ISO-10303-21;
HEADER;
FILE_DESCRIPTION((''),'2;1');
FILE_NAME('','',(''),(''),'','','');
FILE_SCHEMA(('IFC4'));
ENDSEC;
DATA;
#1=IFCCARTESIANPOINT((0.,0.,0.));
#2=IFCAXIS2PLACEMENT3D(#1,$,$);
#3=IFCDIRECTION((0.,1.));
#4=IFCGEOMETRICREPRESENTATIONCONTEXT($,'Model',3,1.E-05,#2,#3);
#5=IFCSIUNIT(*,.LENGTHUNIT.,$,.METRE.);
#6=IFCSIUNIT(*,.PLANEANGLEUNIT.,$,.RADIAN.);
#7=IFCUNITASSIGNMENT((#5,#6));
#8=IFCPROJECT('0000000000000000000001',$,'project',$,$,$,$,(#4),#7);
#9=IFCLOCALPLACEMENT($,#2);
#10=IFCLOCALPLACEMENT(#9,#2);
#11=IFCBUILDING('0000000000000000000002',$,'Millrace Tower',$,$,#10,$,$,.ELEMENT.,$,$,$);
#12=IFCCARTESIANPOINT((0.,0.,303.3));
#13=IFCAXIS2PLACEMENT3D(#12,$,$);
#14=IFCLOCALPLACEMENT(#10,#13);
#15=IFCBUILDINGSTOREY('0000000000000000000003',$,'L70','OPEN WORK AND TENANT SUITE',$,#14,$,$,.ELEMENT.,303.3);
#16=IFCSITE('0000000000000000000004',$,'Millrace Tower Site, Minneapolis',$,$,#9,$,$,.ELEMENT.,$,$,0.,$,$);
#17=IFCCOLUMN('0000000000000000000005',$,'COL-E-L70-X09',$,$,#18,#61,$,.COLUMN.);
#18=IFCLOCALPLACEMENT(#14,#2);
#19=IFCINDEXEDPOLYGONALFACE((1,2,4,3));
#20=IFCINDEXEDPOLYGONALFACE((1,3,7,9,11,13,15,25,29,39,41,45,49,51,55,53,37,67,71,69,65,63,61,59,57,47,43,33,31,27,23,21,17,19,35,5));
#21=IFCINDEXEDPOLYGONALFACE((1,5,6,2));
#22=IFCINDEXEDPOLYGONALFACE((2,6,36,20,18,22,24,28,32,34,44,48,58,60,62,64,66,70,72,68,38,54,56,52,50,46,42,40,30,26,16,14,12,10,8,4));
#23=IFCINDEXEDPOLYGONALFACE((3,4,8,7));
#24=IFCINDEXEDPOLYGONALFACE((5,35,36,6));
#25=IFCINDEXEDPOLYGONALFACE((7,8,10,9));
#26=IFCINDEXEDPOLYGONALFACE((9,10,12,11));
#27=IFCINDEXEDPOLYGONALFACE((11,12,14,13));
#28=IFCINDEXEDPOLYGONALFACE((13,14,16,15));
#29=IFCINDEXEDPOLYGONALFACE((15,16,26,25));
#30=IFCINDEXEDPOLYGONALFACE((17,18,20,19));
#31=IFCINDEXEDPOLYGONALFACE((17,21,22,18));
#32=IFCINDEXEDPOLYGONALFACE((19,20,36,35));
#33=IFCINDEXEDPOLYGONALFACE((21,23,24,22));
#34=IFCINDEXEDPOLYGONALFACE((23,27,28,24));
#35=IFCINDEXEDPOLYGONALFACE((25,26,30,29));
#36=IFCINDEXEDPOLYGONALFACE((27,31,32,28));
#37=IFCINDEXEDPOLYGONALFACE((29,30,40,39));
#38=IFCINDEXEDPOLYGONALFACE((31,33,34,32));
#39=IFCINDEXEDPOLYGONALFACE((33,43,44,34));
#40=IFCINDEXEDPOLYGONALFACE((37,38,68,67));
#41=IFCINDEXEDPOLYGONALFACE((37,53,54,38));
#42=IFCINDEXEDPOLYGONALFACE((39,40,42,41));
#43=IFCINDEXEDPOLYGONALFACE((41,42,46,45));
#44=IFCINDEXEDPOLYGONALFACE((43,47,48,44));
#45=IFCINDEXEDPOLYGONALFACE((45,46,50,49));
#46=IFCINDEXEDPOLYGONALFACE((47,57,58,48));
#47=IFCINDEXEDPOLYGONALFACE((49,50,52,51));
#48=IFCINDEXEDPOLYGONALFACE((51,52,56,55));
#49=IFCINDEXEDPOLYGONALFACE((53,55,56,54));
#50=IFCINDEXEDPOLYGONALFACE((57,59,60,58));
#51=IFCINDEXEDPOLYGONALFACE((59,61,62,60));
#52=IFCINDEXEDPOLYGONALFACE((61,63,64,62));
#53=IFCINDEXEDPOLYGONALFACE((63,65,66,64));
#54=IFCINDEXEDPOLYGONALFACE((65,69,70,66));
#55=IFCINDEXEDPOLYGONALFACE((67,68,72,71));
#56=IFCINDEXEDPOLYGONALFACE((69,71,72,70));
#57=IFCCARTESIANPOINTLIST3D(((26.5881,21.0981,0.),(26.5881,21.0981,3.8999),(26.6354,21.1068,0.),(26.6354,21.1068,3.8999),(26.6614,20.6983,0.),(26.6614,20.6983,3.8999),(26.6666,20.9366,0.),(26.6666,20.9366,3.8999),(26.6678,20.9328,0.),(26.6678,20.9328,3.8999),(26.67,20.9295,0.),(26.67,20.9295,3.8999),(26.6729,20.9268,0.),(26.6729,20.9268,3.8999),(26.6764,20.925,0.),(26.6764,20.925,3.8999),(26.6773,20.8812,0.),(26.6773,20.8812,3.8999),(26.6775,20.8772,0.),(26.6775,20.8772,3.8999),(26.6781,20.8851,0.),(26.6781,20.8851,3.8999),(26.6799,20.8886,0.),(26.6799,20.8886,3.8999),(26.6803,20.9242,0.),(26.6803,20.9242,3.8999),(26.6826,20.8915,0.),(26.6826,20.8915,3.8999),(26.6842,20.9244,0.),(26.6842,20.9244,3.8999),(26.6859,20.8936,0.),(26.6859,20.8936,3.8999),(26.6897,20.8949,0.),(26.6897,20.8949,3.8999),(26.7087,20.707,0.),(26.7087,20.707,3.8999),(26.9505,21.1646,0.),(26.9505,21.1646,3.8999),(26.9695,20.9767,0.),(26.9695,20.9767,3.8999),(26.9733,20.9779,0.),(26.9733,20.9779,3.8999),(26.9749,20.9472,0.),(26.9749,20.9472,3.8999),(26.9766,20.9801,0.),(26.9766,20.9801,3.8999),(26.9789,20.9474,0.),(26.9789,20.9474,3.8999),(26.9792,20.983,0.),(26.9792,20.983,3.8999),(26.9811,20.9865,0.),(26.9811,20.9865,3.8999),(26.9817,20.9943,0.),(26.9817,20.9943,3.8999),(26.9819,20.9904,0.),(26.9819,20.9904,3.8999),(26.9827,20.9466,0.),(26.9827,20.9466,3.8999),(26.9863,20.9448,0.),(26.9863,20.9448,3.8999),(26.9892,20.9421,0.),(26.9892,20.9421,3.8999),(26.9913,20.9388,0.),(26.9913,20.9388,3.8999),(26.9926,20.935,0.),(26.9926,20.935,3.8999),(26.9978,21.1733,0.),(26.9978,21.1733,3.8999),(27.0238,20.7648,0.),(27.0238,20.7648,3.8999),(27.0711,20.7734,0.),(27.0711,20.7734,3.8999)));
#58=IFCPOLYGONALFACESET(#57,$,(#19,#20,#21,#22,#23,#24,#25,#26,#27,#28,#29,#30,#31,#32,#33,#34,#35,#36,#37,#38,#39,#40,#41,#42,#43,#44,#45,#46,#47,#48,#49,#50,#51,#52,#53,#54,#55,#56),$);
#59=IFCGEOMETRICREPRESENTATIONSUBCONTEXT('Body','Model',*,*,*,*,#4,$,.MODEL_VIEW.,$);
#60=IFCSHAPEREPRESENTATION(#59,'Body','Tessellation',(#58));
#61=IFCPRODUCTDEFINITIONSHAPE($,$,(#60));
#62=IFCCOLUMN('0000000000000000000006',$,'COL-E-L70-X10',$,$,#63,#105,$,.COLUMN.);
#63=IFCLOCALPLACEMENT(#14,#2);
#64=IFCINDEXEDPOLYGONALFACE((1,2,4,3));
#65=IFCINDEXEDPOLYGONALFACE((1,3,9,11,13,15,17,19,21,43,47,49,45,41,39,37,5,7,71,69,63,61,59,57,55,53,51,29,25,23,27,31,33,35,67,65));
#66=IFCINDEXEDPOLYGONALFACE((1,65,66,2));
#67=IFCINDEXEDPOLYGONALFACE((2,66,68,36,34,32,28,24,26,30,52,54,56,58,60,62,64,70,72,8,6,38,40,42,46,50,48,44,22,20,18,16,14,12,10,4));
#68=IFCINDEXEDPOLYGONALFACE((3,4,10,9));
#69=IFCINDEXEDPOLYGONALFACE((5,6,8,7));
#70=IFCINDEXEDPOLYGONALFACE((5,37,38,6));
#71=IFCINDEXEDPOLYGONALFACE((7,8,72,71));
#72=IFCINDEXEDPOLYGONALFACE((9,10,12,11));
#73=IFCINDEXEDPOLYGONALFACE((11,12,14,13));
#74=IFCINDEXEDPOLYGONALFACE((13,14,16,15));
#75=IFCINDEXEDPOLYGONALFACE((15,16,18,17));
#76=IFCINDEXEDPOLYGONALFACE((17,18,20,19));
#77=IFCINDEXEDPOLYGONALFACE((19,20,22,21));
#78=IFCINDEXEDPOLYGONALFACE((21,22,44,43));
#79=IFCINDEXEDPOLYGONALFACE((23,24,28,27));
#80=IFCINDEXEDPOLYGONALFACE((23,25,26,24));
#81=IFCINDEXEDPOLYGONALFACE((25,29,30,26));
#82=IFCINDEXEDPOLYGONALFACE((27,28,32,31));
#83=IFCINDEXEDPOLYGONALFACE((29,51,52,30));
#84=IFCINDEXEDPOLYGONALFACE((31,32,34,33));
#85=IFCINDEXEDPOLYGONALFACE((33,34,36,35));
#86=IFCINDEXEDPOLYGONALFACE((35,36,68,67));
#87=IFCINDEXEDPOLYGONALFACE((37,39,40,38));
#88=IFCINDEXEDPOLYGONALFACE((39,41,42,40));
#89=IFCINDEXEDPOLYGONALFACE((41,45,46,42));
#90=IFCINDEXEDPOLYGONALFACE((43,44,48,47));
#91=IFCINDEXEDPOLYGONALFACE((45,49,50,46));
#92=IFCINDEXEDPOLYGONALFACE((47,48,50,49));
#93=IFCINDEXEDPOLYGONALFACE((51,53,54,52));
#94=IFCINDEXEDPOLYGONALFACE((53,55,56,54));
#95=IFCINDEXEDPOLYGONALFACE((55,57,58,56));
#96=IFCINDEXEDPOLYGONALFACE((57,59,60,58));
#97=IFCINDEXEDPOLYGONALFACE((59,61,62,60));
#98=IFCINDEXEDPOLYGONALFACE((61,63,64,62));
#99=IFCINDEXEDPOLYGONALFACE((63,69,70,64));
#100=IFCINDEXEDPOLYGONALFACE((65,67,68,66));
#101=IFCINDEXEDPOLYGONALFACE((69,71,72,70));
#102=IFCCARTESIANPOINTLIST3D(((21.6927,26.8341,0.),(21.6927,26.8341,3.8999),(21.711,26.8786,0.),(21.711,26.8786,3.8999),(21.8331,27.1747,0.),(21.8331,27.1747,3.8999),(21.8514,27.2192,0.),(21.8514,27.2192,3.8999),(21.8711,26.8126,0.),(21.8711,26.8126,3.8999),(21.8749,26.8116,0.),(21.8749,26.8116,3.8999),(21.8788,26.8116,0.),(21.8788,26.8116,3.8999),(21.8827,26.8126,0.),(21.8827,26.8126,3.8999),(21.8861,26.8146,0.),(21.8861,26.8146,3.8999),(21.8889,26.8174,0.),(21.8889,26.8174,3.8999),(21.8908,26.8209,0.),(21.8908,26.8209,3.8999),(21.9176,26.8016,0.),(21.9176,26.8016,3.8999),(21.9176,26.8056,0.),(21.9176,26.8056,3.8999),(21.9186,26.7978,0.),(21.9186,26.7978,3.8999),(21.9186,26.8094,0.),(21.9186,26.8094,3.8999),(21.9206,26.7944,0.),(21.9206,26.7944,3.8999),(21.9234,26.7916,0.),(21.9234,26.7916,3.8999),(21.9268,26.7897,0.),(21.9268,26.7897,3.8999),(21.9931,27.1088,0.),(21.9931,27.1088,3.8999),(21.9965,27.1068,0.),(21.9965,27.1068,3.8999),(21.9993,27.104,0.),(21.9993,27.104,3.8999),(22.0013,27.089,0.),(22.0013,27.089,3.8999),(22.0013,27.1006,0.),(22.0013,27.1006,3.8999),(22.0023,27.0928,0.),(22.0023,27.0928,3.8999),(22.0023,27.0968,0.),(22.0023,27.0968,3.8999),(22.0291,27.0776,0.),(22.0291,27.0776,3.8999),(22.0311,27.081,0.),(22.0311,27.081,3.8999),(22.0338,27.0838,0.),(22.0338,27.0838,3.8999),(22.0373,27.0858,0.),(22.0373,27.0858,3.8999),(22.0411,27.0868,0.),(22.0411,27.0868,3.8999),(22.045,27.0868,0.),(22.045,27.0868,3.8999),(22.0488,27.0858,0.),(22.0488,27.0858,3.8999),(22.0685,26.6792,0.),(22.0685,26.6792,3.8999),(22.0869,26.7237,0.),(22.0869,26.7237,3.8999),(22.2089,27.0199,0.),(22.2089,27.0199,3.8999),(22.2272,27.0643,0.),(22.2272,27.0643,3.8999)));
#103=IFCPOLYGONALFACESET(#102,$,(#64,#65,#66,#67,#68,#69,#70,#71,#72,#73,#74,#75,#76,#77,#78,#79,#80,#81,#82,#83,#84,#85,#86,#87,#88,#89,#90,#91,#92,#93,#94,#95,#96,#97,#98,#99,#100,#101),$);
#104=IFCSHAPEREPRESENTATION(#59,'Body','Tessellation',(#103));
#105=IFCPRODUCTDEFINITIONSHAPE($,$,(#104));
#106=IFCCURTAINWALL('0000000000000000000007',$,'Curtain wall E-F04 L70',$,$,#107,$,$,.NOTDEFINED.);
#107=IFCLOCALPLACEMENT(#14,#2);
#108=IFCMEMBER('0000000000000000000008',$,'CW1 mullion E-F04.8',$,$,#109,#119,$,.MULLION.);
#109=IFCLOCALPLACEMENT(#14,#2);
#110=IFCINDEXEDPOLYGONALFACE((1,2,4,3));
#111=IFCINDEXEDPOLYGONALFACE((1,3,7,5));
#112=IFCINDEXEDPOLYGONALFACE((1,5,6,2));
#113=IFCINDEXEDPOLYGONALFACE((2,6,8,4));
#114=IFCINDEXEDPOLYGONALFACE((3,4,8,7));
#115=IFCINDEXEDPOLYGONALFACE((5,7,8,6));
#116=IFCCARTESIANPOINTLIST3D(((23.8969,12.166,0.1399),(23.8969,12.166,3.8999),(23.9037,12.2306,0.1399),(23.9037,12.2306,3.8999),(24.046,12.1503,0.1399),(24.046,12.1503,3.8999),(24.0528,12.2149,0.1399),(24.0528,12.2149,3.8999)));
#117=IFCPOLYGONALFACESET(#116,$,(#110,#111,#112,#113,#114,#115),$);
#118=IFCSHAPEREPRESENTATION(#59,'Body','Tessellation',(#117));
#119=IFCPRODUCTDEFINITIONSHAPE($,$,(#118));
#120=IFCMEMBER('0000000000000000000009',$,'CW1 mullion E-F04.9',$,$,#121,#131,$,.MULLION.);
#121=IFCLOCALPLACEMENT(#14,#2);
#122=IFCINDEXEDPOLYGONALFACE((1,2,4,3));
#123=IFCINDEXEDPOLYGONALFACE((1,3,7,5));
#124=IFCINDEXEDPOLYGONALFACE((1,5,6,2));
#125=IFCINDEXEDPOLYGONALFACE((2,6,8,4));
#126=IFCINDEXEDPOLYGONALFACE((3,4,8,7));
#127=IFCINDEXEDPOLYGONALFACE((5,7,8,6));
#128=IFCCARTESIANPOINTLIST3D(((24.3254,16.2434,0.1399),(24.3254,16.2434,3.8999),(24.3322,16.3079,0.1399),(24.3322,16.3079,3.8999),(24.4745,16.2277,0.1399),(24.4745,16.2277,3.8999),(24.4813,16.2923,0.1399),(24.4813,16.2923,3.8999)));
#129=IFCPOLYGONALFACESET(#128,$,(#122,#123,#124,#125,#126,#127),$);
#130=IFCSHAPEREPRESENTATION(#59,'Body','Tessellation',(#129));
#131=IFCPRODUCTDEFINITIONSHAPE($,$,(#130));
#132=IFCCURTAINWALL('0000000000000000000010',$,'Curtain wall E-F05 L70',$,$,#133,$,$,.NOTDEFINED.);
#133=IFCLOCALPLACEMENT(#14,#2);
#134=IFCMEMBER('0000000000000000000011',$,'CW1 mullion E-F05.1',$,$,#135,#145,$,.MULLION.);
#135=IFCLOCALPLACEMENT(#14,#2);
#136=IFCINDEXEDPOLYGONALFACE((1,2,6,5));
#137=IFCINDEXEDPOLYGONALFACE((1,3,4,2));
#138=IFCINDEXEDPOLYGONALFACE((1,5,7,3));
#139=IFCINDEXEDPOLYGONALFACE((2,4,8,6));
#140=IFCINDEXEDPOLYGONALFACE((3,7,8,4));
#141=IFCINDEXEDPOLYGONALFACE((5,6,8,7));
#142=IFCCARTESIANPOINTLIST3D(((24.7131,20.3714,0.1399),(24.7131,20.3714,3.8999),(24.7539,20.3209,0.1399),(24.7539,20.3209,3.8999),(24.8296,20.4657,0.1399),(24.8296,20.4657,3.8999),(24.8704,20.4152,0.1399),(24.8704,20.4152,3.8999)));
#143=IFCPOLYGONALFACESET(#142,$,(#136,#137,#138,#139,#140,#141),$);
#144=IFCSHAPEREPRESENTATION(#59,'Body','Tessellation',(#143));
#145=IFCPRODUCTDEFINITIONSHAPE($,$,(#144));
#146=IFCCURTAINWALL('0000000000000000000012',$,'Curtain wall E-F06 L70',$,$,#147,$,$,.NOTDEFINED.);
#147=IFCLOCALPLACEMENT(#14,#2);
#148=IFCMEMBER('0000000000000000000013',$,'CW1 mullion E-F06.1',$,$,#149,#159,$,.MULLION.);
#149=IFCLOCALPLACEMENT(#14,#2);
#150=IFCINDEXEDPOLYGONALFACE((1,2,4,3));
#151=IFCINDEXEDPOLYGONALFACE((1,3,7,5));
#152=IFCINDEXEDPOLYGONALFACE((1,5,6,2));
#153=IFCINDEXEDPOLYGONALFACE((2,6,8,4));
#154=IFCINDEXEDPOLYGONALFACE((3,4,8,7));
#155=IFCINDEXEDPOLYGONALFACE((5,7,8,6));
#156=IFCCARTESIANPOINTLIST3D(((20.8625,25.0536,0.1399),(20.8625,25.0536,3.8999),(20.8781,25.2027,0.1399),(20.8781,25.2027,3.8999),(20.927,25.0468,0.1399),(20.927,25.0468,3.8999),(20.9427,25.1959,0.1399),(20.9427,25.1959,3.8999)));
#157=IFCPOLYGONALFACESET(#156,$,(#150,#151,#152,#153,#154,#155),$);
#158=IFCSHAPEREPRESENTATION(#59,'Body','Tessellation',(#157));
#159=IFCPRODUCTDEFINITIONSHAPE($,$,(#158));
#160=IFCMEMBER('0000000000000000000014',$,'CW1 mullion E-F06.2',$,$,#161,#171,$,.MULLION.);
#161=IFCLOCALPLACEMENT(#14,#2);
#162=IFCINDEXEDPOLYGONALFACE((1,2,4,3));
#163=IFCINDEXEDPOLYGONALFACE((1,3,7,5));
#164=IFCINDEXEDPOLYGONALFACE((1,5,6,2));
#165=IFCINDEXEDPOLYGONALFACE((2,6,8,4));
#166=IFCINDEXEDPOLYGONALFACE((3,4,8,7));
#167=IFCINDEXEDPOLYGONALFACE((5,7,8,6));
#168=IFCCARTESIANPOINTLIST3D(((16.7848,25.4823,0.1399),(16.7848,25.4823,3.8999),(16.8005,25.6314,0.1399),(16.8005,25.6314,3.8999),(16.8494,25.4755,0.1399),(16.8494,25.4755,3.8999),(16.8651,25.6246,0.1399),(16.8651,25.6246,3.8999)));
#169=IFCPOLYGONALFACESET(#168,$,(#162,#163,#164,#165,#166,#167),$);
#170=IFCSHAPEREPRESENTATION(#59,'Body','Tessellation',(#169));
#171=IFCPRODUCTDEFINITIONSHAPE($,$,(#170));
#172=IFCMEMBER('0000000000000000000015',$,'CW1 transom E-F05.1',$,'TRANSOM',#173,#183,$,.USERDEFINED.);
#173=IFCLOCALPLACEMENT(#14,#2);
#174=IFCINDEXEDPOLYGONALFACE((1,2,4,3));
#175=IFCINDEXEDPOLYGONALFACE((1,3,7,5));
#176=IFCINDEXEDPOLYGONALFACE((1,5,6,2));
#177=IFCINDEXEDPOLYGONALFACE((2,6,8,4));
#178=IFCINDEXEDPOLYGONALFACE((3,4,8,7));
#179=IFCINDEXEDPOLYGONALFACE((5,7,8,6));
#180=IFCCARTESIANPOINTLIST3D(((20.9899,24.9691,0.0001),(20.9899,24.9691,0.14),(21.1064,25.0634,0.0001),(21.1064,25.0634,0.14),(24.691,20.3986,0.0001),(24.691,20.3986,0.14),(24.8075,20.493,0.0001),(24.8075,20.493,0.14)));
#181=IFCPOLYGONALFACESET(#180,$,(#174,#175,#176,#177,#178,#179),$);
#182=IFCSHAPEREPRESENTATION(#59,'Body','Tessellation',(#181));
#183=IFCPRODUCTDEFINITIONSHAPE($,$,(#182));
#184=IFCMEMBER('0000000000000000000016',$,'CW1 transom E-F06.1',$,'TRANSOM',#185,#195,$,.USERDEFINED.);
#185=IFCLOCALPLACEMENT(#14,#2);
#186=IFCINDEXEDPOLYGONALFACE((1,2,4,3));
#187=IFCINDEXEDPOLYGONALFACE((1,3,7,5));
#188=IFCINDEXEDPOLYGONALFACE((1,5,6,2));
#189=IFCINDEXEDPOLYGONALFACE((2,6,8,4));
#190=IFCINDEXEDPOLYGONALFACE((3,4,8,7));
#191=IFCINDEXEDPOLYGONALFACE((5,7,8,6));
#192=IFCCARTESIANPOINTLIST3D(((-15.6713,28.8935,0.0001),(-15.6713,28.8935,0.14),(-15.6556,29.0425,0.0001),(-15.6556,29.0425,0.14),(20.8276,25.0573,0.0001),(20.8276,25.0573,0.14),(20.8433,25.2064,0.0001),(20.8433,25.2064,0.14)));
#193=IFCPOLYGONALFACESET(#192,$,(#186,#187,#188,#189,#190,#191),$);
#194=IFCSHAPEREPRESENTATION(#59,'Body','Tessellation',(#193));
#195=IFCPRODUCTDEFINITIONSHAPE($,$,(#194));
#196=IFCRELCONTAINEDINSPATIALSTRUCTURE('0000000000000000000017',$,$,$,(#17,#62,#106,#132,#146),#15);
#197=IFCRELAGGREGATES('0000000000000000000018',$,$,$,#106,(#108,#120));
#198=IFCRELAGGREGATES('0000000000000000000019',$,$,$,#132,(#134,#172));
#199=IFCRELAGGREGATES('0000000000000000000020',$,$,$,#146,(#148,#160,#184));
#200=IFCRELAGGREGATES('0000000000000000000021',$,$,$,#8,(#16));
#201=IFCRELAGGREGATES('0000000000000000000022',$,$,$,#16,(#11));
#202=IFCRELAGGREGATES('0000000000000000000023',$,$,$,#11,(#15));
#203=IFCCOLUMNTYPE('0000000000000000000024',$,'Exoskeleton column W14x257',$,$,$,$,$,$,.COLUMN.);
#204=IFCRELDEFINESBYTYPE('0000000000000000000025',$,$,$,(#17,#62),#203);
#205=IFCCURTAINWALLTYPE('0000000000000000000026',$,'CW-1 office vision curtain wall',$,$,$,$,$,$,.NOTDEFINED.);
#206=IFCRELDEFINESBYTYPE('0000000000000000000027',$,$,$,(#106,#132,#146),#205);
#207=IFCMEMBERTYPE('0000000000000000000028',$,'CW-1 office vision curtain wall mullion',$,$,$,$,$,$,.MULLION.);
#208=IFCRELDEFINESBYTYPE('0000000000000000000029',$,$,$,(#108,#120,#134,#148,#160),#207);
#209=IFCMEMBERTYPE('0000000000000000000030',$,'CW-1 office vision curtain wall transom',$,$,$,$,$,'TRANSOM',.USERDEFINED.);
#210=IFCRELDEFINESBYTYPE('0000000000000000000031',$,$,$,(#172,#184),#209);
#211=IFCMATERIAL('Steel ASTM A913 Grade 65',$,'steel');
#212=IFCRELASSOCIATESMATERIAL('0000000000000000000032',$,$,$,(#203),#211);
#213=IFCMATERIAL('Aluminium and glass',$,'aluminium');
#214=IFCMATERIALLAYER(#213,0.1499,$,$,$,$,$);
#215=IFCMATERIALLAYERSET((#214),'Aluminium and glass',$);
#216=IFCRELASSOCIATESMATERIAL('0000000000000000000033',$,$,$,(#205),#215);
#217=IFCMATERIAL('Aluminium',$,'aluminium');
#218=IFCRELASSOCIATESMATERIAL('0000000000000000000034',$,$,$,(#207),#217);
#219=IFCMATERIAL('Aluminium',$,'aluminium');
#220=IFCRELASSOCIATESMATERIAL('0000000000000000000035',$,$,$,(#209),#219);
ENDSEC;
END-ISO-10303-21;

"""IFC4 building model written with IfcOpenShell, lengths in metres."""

from ifc_helpers import new_model, si_unit, direction, frame, origin, origin_2d, place, context, subcontext, project, spatial, rectangle, i_section, extrude, material, layer, layer_set, material_profile, profile_set, type_object, element, aggregate, save


model = new_model("IFC4")

# Units and contexts
model_context = context("Model", 3, precision=1e-05, world=origin(), true_north=direction((0.0, 1.0)))
body_context = subcontext(model_context, "Body", "Model", "MODEL_VIEW")
ifc_project = project(units=[si_unit("LENGTHUNIT", "METRE"), si_unit("PLANEANGLEUNIT", "RADIAN")], contexts=[model_context])

# Site, building, storey
site_placement = place(None, origin())
site = spatial("IfcSite", under=ifc_project, at=site_placement, Name="Millrace Tower Site, Minneapolis", CompositionType="ELEMENT", RefElevation=0.0)
building_placement = place(site_placement, origin())
building = spatial("IfcBuilding", under=site, at=building_placement, Name="Millrace Tower", CompositionType="ELEMENT")
storey_placement = place(building_placement, frame((0.0, 0.0, 303.3)))
storey = spatial("IfcBuildingStorey", under=building, at=storey_placement, Name="L70", Description="OPEN WORK AND TENANT SUITE", CompositionType="ELEMENT", Elevation=303.3)

# Columns
ifc_material_1 = material(Name="Steel ASTM A913 Grade 65", Category="steel")
ifc_material_profile_1 = material_profile(ifc_material_1, i_section(OverallWidth=0.4065, OverallDepth=0.4165, WebThickness=0.03, FlangeThickness=0.0481, FilletRadius=0.0151, at=origin_2d()))
ifc_profile_set_1 = profile_set([ifc_material_profile_1], Name="Steel ASTM A913 Grade 65")
column_type = type_object("IfcColumnType", Name="Exoskeleton column W14x257", PredefinedType="COLUMN", material=ifc_profile_set_1)
for number, where, z_axis, x_axis, name in (
    (1, (26.8296, 20.9358, 0.0), (0.0, 0.0, 1.0), (-0.180387, 0.983596, 0.0), "COL-E-L70-X09"),
    (2, (21.96, 26.9492, 0.0), (0.0, 0.0, 1.0), (-0.924597, 0.380947, 0.0), "COL-E-L70-X10"),
):
    element("IfcColumn", number, at=place(storey_placement, frame(where, z_axis=z_axis, x_axis=x_axis)), inside=storey, type_object=column_type, Name=name, PredefinedType="COLUMN", context=body_context, shape_type="SweptSolid", body=[
        extrude(i_section(OverallWidth=0.4065, OverallDepth=0.4165, WebThickness=0.03, FlangeThickness=0.0481, FilletRadius=0.0151, at=origin_2d()), origin(), (0.0, 0.0, 1.0), 3.8999),
    ])

# Curtain wall, members
ifc_material_2 = material(Name="Aluminium and glass", Category="aluminium")
ifc_layer_1 = layer(ifc_material_2, 0.1499)
ifc_layer_set_1 = layer_set([ifc_layer_1], Name="Aluminium and glass")
curtain_wall_type = type_object("IfcCurtainWallType", Name="CW-1 office vision curtain wall", PredefinedType="NOTDEFINED", material=ifc_layer_set_1)
placement = place(storey_placement, origin())
curtain_wall_1 = element("IfcCurtainWall", 3, at=placement, inside=storey, type_object=curtain_wall_type, Name="Curtain wall E-F04 L70", PredefinedType="NOTDEFINED")
ifc_material_3 = material(Name="Aluminium", Category="aluminium")
ifc_material_profile_2 = material_profile(ifc_material_3, rectangle(XDim=0.0649, YDim=0.1499, at=origin_2d()))
ifc_profile_set_2 = profile_set([ifc_material_profile_2], Name="Aluminium")
member_type_1 = type_object("IfcMemberType", Name="CW-1 office vision curtain wall mullion", PredefinedType="MULLION", material=ifc_profile_set_2)
member_1_placement = place(storey_placement, frame((23.9749, 12.1904, 0.1399), z_axis=(0.0, 0.0, 1.0), x_axis=(0.104528, 0.994522, 0.0)))
member_1 = element("IfcMember", 4, at=member_1_placement, type_object=member_type_1, Name="CW1 mullion E-F04.8", PredefinedType="MULLION", context=body_context, shape_type="SweptSolid", body=[
    extrude(rectangle(XDim=0.0649, YDim=0.1499, at=origin_2d()), origin(), (0.0, 0.0, 1.0), 3.76),
])
member_2_placement = place(storey_placement, frame((24.4033, 16.2678, 0.1399), z_axis=(0.0, 0.0, 1.0), x_axis=(0.104528, 0.994522, 0.0)))
member_2 = element("IfcMember", 5, at=member_2_placement, type_object=member_type_1, Name="CW1 mullion E-F04.9", PredefinedType="MULLION", context=body_context, shape_type="SweptSolid", body=[
    extrude(rectangle(XDim=0.0649, YDim=0.1499, at=origin_2d()), origin(), (0.0, 0.0, 1.0), 3.76),
])
aggregate(curtain_wall_1, [member_1, member_2])

# Curtain wall, member
curtain_wall_2 = element("IfcCurtainWall", 6, at=placement, inside=storey, type_object=curtain_wall_type, Name="Curtain wall E-F05 L70", PredefinedType="NOTDEFINED")
member_3_placement = place(storey_placement, frame((24.7917, 20.3933, 0.1399), z_axis=(0.0, 0.0, 1.0), x_axis=(-0.62932, 0.777146, 0.0)))
member_3 = element("IfcMember", 7, at=member_3_placement, type_object=member_type_1, Name="CW1 mullion E-F05.1", PredefinedType="MULLION", context=body_context, shape_type="SweptSolid", body=[
    extrude(rectangle(XDim=0.0649, YDim=0.1499, at=origin_2d()), origin(), (0.0, 0.0, 1.0), 3.76),
])

# Curtain wall, members
curtain_wall_3 = element("IfcCurtainWall", 8, at=placement, inside=storey, type_object=curtain_wall_type, Name="Curtain wall E-F06 L70", PredefinedType="NOTDEFINED")
member_4_placement = place(storey_placement, frame((20.9026, 25.1248, 0.1399), z_axis=(0.0, 0.0, 1.0), x_axis=(-0.994522, 0.104528, 0.0)))
member_4 = element("IfcMember", 9, at=member_4_placement, type_object=member_type_1, Name="CW1 mullion E-F06.1", PredefinedType="MULLION", context=body_context, shape_type="SweptSolid", body=[
    extrude(rectangle(XDim=0.0649, YDim=0.1499, at=origin_2d()), origin(), (0.0, 0.0, 1.0), 3.76),
])
member_5_placement = place(storey_placement, frame((16.825, 25.5535, 0.1399), z_axis=(0.0, 0.0, 1.0), x_axis=(-0.994522, 0.104528, 0.0)))
member_5 = element("IfcMember", 10, at=member_5_placement, type_object=member_type_1, Name="CW1 mullion E-F06.2", PredefinedType="MULLION", context=body_context, shape_type="SweptSolid", body=[
    extrude(rectangle(XDim=0.0649, YDim=0.1499, at=origin_2d()), origin(), (0.0, 0.0, 1.0), 3.76),
])

# Members
ifc_material_4 = material(Name="Aluminium", Category="aluminium")
ifc_material_profile_3 = material_profile(ifc_material_4, rectangle(XDim=0.1499, YDim=0.1399, at=origin_2d()))
ifc_profile_set_3 = profile_set([ifc_material_profile_3], Name="Aluminium")
member_type_2 = type_object("IfcMemberType", Name="CW-1 office vision curtain wall transom", ElementType="TRANSOM", PredefinedType="USERDEFINED", material=ifc_profile_set_3)
member_6_placement = place(storey_placement, frame((24.7493, 20.4458, 0.0701), z_axis=(-0.629321, 0.777145, 0.0), x_axis=(-0.777145, -0.629321, 0.0)))
member_6 = element("IfcMember", 11, at=member_6_placement, type_object=member_type_2, Name="CW1 transom E-F05.1", ObjectType="TRANSOM", PredefinedType="USERDEFINED", context=body_context, shape_type="SweptSolid", body=[
    extrude(rectangle(XDim=0.1499, YDim=0.1399, at=origin_2d()), origin(), (0.0, 0.0, 1.0), 5.8811),
])
aggregate(curtain_wall_2, [member_3, member_6])
member_7_placement = place(storey_placement, frame((20.8354, 25.1318, 0.0701), z_axis=(-0.994522, 0.104528, 0.0), x_axis=(-0.104528, -0.994522, 0.0)))
member_7 = element("IfcMember", 12, at=member_7_placement, type_object=member_type_2, Name="CW1 transom E-F06.1", ObjectType="TRANSOM", PredefinedType="USERDEFINED", context=body_context, shape_type="SweptSolid", body=[
    extrude(rectangle(XDim=0.1499, YDim=0.1399, at=origin_2d()), origin(), (0.0, 0.0, 1.0), 36.7),
])
aggregate(curtain_wall_3, [member_4, member_5, member_7])

save(model, "model.ifc")
